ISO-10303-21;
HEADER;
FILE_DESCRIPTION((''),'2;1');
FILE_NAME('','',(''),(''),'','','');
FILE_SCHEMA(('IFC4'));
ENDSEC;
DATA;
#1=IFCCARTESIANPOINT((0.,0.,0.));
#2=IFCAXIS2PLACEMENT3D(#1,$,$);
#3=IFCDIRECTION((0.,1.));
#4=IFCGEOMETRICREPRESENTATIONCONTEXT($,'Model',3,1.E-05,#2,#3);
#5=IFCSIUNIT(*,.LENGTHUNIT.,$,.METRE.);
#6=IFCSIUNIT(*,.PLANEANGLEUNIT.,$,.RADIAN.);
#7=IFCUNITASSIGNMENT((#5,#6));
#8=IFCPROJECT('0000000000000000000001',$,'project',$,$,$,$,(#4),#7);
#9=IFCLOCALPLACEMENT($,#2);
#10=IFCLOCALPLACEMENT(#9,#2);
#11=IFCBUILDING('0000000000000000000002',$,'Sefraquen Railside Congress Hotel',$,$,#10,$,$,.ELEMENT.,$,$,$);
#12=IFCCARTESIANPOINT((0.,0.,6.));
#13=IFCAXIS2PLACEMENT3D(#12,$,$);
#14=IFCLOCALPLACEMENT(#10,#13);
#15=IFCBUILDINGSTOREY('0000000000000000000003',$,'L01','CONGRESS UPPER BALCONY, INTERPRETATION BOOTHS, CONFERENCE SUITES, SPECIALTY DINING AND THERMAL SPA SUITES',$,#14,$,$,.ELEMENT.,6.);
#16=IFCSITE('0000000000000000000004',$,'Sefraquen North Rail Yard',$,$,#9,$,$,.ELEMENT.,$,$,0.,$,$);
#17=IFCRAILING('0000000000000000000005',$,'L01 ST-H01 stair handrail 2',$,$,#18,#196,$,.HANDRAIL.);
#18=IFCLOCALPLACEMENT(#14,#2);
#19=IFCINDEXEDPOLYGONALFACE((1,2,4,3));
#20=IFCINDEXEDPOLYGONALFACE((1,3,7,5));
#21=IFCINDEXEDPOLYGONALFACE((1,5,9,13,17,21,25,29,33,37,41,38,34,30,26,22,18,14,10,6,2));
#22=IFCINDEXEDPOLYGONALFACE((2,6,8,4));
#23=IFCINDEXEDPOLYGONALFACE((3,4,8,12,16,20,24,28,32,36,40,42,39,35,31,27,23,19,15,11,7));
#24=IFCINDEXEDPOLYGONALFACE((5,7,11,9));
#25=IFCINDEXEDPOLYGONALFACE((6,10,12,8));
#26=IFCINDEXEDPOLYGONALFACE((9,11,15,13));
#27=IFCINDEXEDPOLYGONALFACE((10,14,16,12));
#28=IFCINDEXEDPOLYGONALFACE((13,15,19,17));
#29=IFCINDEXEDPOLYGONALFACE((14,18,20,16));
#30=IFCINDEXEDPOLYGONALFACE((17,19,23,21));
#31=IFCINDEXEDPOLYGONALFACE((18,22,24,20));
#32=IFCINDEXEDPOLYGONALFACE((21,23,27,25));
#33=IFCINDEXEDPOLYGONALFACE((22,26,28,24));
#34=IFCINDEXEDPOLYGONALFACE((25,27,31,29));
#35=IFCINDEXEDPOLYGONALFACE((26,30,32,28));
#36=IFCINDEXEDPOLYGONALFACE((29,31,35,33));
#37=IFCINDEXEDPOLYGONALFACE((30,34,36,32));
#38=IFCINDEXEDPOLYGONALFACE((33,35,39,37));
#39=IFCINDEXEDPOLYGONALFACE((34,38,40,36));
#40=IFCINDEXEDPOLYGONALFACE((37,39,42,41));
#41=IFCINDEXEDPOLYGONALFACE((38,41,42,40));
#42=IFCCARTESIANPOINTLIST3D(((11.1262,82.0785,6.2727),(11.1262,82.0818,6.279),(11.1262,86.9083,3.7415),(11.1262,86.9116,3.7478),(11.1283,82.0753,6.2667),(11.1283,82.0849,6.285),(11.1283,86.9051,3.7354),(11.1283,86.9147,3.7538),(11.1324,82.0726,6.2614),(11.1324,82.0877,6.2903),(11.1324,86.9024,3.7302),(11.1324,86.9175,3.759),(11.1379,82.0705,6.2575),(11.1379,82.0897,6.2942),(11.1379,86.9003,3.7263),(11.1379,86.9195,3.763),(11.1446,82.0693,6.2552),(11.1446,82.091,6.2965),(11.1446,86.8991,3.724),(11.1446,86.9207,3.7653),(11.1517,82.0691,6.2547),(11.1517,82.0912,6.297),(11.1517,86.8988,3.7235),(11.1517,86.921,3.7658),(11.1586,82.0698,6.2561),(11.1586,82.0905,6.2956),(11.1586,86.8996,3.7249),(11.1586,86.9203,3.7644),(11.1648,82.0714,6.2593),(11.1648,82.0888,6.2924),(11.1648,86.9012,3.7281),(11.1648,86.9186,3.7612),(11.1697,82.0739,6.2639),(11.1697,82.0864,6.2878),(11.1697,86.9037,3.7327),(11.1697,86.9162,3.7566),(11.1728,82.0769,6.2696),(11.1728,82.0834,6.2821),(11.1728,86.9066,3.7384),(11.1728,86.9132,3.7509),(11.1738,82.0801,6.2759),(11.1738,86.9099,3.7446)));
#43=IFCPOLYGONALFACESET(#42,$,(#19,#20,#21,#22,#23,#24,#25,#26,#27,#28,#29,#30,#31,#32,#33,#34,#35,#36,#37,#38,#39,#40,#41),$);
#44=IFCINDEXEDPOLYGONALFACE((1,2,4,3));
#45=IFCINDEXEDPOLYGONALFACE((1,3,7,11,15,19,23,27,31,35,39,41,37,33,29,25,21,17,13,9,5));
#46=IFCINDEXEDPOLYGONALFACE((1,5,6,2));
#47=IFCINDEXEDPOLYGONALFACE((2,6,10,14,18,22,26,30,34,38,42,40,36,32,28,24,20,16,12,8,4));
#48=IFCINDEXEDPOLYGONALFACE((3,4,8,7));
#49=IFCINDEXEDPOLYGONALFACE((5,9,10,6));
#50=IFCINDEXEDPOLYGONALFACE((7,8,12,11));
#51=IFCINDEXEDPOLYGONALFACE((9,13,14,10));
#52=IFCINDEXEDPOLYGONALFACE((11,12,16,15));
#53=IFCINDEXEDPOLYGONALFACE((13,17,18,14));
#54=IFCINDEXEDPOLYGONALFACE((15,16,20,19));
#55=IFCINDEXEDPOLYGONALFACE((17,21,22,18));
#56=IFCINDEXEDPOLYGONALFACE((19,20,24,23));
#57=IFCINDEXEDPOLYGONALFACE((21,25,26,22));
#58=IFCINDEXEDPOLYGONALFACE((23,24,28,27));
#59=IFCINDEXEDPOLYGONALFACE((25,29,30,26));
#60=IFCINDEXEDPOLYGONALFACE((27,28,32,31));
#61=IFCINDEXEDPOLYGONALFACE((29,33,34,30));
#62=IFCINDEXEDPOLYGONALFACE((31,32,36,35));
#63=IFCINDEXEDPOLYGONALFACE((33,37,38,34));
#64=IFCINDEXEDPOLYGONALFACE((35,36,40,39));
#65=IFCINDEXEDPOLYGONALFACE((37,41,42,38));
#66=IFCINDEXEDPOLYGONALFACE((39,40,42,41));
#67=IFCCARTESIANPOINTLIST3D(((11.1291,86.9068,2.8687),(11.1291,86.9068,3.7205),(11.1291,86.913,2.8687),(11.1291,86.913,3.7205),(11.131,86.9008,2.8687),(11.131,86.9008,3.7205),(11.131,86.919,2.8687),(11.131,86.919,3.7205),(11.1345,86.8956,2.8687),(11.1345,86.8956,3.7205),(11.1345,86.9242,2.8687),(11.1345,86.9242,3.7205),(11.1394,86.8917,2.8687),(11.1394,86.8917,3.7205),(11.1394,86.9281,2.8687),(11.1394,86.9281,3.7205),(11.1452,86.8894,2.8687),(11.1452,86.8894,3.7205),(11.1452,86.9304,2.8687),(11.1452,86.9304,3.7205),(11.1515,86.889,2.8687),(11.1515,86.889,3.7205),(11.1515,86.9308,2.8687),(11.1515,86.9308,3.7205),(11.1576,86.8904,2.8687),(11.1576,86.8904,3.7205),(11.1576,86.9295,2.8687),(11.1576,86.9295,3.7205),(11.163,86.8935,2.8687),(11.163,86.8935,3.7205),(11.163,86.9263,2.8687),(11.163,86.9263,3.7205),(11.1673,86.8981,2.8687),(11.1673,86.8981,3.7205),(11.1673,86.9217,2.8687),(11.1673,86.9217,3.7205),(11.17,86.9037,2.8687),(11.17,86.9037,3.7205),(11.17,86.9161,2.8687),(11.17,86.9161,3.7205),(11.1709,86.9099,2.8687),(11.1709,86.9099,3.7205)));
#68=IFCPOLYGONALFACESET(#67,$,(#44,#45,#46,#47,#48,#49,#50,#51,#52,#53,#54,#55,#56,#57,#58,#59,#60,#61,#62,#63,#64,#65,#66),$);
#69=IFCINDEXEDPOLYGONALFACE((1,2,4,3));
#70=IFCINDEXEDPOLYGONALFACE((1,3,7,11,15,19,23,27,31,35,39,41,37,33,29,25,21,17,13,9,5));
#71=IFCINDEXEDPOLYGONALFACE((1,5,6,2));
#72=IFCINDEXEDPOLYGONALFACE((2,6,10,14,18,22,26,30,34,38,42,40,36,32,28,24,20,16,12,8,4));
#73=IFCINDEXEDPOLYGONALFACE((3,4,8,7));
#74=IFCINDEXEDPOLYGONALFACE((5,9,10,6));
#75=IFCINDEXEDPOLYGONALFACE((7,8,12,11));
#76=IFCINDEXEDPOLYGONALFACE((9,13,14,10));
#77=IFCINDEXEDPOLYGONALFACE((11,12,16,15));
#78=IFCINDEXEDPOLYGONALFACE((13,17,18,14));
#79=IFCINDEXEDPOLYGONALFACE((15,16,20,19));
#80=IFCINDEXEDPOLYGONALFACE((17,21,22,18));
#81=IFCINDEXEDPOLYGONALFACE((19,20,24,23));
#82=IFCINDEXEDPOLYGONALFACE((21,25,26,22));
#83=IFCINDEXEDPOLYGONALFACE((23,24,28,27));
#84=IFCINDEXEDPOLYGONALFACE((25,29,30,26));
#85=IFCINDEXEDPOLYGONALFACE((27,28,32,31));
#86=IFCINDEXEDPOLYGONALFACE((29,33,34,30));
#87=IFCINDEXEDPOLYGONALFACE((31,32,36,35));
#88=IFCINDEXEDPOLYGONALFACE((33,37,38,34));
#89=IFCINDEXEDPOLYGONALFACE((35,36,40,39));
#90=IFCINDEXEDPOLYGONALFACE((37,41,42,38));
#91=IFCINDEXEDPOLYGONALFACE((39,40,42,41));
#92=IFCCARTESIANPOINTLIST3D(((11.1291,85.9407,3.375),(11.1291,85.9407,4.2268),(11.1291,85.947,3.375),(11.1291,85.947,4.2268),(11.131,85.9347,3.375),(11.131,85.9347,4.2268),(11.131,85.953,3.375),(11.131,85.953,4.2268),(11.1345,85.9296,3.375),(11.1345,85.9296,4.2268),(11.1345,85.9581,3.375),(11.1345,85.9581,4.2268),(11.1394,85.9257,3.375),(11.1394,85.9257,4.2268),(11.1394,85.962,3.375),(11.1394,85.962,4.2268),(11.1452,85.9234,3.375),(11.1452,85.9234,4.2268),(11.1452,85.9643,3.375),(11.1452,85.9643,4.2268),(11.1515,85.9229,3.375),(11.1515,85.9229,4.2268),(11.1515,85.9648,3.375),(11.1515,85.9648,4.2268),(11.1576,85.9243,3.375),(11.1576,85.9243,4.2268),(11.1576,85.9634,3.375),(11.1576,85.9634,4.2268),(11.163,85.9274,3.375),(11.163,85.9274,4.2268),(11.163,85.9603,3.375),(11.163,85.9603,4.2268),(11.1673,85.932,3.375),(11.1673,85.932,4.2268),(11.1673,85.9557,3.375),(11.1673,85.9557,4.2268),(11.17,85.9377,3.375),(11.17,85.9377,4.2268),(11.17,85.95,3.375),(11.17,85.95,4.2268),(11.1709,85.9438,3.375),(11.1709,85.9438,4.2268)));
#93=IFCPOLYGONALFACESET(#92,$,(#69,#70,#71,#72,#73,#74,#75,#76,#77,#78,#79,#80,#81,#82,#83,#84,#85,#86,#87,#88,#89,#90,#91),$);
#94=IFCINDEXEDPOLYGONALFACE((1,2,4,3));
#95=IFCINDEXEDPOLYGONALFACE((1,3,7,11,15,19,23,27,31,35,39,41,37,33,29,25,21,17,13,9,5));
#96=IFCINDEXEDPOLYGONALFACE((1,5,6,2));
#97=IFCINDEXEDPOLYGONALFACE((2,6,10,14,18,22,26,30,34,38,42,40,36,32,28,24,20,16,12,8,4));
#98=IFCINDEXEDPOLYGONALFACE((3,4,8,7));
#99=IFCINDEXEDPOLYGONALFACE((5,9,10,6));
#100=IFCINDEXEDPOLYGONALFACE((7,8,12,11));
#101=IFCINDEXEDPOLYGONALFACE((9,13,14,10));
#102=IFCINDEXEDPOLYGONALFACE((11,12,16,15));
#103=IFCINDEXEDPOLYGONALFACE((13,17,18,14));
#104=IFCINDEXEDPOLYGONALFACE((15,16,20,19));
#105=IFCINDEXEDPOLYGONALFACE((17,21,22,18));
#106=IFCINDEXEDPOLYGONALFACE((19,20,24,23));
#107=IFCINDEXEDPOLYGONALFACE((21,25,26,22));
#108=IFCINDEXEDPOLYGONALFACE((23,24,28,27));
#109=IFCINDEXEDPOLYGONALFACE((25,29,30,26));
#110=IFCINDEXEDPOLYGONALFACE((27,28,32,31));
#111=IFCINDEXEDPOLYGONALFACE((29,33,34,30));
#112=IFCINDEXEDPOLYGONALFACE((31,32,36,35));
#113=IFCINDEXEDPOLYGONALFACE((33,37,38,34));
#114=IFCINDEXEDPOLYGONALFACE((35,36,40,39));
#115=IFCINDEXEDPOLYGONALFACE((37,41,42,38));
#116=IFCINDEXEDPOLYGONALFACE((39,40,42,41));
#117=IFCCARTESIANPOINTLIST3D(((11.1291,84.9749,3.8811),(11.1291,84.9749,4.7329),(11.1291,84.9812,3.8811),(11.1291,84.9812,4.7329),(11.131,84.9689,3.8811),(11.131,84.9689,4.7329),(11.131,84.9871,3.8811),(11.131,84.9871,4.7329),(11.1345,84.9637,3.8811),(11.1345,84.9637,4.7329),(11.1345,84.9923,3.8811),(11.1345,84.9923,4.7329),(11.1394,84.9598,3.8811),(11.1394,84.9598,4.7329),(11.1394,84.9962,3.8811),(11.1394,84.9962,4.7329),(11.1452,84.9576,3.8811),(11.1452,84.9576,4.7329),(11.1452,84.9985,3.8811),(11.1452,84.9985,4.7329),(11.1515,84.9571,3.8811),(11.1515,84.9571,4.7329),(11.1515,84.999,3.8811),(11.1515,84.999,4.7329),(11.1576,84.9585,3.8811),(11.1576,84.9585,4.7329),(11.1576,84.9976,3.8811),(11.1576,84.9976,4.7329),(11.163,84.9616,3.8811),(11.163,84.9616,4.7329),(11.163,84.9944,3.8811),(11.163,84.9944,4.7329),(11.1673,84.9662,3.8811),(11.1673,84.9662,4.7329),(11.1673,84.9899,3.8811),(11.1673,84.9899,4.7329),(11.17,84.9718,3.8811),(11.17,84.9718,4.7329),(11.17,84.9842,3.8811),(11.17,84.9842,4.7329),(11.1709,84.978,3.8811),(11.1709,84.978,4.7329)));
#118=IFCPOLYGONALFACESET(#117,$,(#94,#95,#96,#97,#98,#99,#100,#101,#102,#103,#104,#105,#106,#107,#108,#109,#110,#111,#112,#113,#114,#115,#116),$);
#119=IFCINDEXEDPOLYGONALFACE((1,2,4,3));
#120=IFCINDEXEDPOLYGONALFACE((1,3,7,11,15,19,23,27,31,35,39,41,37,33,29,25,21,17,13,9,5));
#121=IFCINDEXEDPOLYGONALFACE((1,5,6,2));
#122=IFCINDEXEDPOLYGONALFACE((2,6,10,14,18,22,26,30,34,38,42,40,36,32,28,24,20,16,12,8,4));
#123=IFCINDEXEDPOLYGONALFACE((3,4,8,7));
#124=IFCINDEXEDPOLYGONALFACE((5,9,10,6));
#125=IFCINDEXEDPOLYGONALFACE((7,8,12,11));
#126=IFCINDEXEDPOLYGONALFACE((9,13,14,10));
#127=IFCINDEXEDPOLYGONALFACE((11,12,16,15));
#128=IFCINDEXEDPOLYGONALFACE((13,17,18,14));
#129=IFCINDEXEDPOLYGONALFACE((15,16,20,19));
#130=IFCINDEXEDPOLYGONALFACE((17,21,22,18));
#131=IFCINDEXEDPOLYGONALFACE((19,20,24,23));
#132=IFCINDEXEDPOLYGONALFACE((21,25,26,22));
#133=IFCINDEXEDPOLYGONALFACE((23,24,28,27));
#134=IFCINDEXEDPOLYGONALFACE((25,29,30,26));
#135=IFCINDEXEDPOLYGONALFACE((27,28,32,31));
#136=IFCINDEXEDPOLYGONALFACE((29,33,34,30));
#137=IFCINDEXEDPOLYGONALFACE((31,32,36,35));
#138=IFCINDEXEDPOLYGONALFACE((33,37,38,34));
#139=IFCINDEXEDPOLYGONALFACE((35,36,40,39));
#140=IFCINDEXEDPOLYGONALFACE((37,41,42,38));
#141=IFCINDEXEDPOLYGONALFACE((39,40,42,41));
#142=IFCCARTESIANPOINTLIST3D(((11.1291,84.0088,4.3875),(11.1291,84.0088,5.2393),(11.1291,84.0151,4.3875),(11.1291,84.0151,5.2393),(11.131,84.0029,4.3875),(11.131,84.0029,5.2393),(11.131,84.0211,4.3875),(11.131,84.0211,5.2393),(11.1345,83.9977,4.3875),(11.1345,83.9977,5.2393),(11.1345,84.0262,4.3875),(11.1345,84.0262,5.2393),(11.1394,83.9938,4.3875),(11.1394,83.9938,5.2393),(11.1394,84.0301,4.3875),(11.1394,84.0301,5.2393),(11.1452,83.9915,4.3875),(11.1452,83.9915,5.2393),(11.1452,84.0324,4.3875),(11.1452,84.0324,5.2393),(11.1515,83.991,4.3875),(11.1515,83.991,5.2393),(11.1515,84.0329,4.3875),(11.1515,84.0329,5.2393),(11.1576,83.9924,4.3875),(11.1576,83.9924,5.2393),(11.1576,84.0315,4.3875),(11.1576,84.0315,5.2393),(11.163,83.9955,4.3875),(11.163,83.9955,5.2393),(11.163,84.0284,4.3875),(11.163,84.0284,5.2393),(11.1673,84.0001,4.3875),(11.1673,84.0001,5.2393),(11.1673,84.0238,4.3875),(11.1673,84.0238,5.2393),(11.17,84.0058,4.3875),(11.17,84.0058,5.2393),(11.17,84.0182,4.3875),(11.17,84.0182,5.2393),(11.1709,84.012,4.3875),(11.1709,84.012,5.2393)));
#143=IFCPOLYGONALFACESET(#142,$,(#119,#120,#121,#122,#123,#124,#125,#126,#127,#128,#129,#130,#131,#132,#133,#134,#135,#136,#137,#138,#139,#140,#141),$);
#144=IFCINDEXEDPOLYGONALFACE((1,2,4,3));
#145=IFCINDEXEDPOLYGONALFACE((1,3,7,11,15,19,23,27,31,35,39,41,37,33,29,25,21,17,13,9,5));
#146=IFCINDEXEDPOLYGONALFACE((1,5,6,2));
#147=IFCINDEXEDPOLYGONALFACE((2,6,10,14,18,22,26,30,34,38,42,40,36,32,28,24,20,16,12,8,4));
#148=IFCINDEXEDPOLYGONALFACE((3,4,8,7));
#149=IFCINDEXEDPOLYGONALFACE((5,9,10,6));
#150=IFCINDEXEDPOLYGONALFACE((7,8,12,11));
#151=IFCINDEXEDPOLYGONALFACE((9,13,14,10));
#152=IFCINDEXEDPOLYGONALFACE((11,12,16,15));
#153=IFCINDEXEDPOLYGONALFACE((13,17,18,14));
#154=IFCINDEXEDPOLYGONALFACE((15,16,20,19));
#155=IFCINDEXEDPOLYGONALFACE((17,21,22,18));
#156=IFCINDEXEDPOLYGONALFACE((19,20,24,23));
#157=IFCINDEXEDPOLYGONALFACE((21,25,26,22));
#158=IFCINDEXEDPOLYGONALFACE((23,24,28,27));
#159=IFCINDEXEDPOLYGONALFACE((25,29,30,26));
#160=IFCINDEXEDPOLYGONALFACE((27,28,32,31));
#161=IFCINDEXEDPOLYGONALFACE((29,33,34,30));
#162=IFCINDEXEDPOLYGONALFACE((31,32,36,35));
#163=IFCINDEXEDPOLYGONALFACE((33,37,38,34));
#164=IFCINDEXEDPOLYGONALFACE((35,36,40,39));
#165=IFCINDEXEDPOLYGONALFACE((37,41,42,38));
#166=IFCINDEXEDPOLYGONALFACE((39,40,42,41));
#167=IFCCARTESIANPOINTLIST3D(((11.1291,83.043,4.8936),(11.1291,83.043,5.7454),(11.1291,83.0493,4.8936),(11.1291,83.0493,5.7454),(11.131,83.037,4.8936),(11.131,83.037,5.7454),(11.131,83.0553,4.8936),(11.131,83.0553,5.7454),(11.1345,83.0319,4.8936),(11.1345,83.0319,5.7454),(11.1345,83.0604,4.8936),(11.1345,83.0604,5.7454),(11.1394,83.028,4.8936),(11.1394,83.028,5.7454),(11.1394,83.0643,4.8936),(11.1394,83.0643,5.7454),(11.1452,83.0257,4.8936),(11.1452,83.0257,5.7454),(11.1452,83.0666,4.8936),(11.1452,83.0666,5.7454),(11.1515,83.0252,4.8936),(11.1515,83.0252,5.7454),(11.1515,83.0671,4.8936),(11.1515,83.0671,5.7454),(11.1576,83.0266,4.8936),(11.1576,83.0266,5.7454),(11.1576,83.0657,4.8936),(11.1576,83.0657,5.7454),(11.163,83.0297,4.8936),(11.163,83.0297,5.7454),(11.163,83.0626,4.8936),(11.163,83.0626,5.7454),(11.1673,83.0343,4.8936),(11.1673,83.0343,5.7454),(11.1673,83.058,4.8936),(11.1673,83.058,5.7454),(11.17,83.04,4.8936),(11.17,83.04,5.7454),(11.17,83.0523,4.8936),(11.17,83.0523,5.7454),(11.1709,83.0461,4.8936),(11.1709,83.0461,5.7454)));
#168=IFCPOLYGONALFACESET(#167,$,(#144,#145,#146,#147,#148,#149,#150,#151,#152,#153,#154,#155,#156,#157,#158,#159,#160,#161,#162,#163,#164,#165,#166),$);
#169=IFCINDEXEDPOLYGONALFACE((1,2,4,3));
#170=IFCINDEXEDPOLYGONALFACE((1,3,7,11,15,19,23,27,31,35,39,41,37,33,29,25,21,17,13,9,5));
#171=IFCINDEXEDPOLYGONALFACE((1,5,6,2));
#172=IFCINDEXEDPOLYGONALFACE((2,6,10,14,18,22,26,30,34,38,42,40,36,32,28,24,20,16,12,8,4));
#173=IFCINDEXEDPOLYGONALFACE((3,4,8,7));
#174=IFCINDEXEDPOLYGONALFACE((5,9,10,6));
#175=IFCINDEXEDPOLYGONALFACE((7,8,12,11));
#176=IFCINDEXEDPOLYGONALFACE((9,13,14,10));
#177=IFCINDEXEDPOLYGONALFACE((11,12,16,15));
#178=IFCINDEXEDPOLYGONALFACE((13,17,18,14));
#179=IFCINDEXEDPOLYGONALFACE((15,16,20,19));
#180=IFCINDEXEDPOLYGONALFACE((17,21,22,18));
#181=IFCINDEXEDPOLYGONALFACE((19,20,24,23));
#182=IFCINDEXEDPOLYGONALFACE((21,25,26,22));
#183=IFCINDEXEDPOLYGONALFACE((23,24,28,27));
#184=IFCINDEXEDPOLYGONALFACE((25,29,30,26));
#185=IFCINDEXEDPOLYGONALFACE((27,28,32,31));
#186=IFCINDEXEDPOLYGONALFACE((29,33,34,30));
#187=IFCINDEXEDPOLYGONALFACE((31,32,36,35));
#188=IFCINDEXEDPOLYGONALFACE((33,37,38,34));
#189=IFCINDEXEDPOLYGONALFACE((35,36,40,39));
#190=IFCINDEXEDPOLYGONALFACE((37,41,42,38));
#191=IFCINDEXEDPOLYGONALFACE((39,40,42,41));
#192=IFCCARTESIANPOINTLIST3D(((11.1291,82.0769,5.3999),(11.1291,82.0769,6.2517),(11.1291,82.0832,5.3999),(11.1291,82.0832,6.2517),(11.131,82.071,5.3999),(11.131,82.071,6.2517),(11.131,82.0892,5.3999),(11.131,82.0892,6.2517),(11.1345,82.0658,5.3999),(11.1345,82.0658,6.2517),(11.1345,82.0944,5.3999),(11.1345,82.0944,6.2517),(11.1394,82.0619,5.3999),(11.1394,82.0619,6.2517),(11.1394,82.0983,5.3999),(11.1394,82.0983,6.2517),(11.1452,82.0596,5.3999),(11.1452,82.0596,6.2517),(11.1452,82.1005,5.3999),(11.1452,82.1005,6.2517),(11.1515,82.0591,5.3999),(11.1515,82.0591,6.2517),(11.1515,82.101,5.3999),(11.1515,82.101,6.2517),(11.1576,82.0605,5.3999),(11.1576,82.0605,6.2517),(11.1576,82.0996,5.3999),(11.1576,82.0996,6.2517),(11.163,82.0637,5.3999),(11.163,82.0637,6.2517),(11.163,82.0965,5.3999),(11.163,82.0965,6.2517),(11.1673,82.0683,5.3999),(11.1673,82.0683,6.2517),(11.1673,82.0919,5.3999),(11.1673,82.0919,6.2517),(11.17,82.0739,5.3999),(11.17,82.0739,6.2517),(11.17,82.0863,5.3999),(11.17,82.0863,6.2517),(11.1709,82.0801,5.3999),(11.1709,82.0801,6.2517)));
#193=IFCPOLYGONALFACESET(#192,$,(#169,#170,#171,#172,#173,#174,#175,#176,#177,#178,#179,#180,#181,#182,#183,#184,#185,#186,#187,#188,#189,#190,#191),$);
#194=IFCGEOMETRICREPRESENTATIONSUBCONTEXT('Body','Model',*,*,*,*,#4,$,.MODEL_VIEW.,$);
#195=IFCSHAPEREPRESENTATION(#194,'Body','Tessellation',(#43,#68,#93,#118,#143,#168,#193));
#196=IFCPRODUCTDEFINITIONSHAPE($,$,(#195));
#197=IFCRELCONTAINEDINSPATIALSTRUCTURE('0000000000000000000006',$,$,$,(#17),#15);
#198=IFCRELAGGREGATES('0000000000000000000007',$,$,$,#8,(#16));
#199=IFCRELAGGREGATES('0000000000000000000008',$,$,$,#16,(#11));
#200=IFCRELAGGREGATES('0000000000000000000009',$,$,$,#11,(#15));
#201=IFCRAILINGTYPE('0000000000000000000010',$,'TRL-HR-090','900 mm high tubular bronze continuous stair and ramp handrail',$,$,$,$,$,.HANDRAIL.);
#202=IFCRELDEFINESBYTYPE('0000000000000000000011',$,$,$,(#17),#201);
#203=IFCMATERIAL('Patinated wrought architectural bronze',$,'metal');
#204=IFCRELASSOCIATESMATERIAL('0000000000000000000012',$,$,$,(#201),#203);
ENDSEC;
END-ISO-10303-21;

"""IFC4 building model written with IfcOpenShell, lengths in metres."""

from ifc_helpers import new_model, si_unit, direction, frame, origin, origin_2d, place, context, subcontext, project, spatial, circle, extrude, material, type_object, element, save


model = new_model("IFC4")

# Units and contexts
model_context = context("Model", 3, precision=1e-05, world=origin(), true_north=direction((0.0, 1.0)))
body_context = subcontext(model_context, "Body", "Model", "MODEL_VIEW")
ifc_project = project(units=[si_unit("LENGTHUNIT", "METRE"), si_unit("PLANEANGLEUNIT", "RADIAN")], contexts=[model_context])

# Site, building, storey
site_placement = place(None, origin())
site = spatial("IfcSite", under=ifc_project, at=site_placement, Name="Sefraquen North Rail Yard", CompositionType="ELEMENT", RefElevation=0.0)
building_placement = place(site_placement, origin())
building = spatial("IfcBuilding", under=site, at=building_placement, Name="Sefraquen Railside Congress Hotel", CompositionType="ELEMENT")
storey_placement = place(building_placement, frame((0.0, 0.0, 6.0)))
storey = spatial("IfcBuildingStorey", under=building, at=storey_placement, Name="L01", Description="CONGRESS UPPER BALCONY, INTERPRETATION BOOTHS, CONFERENCE SUITES, SPECIALTY DINING AND THERMAL SPA SUITES", CompositionType="ELEMENT", Elevation=6.0)

# Railing
ifc_material_1 = material(Name="Patinated wrought architectural bronze", Category="metal")
railing_type_1 = type_object("IfcRailingType", Name="TRL-HR-090", Description="900 mm high tubular bronze continuous stair and ramp handrail", PredefinedType="HANDRAIL", material=ifc_material_1)
railing_1_placement = place(storey_placement, frame((11.1499, 86.9099, 2.8687)))
element("IfcRailing", 1, at=railing_1_placement, inside=storey, type_object=railing_type_1, Name="L01 ST-H01 stair handrail 2", PredefinedType="HANDRAIL", context=body_context, shape_type="SweptSolid", body=[
    extrude(circle(Radius=0.0239, at=origin_2d()), frame((0.0, 0.0, 0.876), z_axis=(0.0, -0.885731, 0.464199), x_axis=(1.0, 0.0, 0.0)), (0.0, 0.0, 1.0), 5.4529),
    extrude(circle(Radius=0.021, at=origin_2d()), origin(), (0.0, 0.0, 1.0), 0.8518),
    extrude(circle(Radius=0.021, at=origin_2d()), frame((0.0, -0.9661, 0.5063)), (0.0, 0.0, 1.0), 0.8518),
    extrude(circle(Radius=0.021, at=origin_2d()), frame((0.0, -1.9319, 1.0125)), (0.0, 0.0, 1.0), 0.8518),
    extrude(circle(Radius=0.021, at=origin_2d()), frame((0.0, -2.8979, 1.5188)), (0.0, 0.0, 1.0), 0.8518),
    extrude(circle(Radius=0.021, at=origin_2d()), frame((0.0, -3.8638, 2.0249)), (0.0, 0.0, 1.0), 0.8518),
    extrude(circle(Radius=0.021, at=origin_2d()), frame((0.0, -4.8298, 2.5312)), (0.0, 0.0, 1.0), 0.8518),
])

save(model, "model.ifc")
